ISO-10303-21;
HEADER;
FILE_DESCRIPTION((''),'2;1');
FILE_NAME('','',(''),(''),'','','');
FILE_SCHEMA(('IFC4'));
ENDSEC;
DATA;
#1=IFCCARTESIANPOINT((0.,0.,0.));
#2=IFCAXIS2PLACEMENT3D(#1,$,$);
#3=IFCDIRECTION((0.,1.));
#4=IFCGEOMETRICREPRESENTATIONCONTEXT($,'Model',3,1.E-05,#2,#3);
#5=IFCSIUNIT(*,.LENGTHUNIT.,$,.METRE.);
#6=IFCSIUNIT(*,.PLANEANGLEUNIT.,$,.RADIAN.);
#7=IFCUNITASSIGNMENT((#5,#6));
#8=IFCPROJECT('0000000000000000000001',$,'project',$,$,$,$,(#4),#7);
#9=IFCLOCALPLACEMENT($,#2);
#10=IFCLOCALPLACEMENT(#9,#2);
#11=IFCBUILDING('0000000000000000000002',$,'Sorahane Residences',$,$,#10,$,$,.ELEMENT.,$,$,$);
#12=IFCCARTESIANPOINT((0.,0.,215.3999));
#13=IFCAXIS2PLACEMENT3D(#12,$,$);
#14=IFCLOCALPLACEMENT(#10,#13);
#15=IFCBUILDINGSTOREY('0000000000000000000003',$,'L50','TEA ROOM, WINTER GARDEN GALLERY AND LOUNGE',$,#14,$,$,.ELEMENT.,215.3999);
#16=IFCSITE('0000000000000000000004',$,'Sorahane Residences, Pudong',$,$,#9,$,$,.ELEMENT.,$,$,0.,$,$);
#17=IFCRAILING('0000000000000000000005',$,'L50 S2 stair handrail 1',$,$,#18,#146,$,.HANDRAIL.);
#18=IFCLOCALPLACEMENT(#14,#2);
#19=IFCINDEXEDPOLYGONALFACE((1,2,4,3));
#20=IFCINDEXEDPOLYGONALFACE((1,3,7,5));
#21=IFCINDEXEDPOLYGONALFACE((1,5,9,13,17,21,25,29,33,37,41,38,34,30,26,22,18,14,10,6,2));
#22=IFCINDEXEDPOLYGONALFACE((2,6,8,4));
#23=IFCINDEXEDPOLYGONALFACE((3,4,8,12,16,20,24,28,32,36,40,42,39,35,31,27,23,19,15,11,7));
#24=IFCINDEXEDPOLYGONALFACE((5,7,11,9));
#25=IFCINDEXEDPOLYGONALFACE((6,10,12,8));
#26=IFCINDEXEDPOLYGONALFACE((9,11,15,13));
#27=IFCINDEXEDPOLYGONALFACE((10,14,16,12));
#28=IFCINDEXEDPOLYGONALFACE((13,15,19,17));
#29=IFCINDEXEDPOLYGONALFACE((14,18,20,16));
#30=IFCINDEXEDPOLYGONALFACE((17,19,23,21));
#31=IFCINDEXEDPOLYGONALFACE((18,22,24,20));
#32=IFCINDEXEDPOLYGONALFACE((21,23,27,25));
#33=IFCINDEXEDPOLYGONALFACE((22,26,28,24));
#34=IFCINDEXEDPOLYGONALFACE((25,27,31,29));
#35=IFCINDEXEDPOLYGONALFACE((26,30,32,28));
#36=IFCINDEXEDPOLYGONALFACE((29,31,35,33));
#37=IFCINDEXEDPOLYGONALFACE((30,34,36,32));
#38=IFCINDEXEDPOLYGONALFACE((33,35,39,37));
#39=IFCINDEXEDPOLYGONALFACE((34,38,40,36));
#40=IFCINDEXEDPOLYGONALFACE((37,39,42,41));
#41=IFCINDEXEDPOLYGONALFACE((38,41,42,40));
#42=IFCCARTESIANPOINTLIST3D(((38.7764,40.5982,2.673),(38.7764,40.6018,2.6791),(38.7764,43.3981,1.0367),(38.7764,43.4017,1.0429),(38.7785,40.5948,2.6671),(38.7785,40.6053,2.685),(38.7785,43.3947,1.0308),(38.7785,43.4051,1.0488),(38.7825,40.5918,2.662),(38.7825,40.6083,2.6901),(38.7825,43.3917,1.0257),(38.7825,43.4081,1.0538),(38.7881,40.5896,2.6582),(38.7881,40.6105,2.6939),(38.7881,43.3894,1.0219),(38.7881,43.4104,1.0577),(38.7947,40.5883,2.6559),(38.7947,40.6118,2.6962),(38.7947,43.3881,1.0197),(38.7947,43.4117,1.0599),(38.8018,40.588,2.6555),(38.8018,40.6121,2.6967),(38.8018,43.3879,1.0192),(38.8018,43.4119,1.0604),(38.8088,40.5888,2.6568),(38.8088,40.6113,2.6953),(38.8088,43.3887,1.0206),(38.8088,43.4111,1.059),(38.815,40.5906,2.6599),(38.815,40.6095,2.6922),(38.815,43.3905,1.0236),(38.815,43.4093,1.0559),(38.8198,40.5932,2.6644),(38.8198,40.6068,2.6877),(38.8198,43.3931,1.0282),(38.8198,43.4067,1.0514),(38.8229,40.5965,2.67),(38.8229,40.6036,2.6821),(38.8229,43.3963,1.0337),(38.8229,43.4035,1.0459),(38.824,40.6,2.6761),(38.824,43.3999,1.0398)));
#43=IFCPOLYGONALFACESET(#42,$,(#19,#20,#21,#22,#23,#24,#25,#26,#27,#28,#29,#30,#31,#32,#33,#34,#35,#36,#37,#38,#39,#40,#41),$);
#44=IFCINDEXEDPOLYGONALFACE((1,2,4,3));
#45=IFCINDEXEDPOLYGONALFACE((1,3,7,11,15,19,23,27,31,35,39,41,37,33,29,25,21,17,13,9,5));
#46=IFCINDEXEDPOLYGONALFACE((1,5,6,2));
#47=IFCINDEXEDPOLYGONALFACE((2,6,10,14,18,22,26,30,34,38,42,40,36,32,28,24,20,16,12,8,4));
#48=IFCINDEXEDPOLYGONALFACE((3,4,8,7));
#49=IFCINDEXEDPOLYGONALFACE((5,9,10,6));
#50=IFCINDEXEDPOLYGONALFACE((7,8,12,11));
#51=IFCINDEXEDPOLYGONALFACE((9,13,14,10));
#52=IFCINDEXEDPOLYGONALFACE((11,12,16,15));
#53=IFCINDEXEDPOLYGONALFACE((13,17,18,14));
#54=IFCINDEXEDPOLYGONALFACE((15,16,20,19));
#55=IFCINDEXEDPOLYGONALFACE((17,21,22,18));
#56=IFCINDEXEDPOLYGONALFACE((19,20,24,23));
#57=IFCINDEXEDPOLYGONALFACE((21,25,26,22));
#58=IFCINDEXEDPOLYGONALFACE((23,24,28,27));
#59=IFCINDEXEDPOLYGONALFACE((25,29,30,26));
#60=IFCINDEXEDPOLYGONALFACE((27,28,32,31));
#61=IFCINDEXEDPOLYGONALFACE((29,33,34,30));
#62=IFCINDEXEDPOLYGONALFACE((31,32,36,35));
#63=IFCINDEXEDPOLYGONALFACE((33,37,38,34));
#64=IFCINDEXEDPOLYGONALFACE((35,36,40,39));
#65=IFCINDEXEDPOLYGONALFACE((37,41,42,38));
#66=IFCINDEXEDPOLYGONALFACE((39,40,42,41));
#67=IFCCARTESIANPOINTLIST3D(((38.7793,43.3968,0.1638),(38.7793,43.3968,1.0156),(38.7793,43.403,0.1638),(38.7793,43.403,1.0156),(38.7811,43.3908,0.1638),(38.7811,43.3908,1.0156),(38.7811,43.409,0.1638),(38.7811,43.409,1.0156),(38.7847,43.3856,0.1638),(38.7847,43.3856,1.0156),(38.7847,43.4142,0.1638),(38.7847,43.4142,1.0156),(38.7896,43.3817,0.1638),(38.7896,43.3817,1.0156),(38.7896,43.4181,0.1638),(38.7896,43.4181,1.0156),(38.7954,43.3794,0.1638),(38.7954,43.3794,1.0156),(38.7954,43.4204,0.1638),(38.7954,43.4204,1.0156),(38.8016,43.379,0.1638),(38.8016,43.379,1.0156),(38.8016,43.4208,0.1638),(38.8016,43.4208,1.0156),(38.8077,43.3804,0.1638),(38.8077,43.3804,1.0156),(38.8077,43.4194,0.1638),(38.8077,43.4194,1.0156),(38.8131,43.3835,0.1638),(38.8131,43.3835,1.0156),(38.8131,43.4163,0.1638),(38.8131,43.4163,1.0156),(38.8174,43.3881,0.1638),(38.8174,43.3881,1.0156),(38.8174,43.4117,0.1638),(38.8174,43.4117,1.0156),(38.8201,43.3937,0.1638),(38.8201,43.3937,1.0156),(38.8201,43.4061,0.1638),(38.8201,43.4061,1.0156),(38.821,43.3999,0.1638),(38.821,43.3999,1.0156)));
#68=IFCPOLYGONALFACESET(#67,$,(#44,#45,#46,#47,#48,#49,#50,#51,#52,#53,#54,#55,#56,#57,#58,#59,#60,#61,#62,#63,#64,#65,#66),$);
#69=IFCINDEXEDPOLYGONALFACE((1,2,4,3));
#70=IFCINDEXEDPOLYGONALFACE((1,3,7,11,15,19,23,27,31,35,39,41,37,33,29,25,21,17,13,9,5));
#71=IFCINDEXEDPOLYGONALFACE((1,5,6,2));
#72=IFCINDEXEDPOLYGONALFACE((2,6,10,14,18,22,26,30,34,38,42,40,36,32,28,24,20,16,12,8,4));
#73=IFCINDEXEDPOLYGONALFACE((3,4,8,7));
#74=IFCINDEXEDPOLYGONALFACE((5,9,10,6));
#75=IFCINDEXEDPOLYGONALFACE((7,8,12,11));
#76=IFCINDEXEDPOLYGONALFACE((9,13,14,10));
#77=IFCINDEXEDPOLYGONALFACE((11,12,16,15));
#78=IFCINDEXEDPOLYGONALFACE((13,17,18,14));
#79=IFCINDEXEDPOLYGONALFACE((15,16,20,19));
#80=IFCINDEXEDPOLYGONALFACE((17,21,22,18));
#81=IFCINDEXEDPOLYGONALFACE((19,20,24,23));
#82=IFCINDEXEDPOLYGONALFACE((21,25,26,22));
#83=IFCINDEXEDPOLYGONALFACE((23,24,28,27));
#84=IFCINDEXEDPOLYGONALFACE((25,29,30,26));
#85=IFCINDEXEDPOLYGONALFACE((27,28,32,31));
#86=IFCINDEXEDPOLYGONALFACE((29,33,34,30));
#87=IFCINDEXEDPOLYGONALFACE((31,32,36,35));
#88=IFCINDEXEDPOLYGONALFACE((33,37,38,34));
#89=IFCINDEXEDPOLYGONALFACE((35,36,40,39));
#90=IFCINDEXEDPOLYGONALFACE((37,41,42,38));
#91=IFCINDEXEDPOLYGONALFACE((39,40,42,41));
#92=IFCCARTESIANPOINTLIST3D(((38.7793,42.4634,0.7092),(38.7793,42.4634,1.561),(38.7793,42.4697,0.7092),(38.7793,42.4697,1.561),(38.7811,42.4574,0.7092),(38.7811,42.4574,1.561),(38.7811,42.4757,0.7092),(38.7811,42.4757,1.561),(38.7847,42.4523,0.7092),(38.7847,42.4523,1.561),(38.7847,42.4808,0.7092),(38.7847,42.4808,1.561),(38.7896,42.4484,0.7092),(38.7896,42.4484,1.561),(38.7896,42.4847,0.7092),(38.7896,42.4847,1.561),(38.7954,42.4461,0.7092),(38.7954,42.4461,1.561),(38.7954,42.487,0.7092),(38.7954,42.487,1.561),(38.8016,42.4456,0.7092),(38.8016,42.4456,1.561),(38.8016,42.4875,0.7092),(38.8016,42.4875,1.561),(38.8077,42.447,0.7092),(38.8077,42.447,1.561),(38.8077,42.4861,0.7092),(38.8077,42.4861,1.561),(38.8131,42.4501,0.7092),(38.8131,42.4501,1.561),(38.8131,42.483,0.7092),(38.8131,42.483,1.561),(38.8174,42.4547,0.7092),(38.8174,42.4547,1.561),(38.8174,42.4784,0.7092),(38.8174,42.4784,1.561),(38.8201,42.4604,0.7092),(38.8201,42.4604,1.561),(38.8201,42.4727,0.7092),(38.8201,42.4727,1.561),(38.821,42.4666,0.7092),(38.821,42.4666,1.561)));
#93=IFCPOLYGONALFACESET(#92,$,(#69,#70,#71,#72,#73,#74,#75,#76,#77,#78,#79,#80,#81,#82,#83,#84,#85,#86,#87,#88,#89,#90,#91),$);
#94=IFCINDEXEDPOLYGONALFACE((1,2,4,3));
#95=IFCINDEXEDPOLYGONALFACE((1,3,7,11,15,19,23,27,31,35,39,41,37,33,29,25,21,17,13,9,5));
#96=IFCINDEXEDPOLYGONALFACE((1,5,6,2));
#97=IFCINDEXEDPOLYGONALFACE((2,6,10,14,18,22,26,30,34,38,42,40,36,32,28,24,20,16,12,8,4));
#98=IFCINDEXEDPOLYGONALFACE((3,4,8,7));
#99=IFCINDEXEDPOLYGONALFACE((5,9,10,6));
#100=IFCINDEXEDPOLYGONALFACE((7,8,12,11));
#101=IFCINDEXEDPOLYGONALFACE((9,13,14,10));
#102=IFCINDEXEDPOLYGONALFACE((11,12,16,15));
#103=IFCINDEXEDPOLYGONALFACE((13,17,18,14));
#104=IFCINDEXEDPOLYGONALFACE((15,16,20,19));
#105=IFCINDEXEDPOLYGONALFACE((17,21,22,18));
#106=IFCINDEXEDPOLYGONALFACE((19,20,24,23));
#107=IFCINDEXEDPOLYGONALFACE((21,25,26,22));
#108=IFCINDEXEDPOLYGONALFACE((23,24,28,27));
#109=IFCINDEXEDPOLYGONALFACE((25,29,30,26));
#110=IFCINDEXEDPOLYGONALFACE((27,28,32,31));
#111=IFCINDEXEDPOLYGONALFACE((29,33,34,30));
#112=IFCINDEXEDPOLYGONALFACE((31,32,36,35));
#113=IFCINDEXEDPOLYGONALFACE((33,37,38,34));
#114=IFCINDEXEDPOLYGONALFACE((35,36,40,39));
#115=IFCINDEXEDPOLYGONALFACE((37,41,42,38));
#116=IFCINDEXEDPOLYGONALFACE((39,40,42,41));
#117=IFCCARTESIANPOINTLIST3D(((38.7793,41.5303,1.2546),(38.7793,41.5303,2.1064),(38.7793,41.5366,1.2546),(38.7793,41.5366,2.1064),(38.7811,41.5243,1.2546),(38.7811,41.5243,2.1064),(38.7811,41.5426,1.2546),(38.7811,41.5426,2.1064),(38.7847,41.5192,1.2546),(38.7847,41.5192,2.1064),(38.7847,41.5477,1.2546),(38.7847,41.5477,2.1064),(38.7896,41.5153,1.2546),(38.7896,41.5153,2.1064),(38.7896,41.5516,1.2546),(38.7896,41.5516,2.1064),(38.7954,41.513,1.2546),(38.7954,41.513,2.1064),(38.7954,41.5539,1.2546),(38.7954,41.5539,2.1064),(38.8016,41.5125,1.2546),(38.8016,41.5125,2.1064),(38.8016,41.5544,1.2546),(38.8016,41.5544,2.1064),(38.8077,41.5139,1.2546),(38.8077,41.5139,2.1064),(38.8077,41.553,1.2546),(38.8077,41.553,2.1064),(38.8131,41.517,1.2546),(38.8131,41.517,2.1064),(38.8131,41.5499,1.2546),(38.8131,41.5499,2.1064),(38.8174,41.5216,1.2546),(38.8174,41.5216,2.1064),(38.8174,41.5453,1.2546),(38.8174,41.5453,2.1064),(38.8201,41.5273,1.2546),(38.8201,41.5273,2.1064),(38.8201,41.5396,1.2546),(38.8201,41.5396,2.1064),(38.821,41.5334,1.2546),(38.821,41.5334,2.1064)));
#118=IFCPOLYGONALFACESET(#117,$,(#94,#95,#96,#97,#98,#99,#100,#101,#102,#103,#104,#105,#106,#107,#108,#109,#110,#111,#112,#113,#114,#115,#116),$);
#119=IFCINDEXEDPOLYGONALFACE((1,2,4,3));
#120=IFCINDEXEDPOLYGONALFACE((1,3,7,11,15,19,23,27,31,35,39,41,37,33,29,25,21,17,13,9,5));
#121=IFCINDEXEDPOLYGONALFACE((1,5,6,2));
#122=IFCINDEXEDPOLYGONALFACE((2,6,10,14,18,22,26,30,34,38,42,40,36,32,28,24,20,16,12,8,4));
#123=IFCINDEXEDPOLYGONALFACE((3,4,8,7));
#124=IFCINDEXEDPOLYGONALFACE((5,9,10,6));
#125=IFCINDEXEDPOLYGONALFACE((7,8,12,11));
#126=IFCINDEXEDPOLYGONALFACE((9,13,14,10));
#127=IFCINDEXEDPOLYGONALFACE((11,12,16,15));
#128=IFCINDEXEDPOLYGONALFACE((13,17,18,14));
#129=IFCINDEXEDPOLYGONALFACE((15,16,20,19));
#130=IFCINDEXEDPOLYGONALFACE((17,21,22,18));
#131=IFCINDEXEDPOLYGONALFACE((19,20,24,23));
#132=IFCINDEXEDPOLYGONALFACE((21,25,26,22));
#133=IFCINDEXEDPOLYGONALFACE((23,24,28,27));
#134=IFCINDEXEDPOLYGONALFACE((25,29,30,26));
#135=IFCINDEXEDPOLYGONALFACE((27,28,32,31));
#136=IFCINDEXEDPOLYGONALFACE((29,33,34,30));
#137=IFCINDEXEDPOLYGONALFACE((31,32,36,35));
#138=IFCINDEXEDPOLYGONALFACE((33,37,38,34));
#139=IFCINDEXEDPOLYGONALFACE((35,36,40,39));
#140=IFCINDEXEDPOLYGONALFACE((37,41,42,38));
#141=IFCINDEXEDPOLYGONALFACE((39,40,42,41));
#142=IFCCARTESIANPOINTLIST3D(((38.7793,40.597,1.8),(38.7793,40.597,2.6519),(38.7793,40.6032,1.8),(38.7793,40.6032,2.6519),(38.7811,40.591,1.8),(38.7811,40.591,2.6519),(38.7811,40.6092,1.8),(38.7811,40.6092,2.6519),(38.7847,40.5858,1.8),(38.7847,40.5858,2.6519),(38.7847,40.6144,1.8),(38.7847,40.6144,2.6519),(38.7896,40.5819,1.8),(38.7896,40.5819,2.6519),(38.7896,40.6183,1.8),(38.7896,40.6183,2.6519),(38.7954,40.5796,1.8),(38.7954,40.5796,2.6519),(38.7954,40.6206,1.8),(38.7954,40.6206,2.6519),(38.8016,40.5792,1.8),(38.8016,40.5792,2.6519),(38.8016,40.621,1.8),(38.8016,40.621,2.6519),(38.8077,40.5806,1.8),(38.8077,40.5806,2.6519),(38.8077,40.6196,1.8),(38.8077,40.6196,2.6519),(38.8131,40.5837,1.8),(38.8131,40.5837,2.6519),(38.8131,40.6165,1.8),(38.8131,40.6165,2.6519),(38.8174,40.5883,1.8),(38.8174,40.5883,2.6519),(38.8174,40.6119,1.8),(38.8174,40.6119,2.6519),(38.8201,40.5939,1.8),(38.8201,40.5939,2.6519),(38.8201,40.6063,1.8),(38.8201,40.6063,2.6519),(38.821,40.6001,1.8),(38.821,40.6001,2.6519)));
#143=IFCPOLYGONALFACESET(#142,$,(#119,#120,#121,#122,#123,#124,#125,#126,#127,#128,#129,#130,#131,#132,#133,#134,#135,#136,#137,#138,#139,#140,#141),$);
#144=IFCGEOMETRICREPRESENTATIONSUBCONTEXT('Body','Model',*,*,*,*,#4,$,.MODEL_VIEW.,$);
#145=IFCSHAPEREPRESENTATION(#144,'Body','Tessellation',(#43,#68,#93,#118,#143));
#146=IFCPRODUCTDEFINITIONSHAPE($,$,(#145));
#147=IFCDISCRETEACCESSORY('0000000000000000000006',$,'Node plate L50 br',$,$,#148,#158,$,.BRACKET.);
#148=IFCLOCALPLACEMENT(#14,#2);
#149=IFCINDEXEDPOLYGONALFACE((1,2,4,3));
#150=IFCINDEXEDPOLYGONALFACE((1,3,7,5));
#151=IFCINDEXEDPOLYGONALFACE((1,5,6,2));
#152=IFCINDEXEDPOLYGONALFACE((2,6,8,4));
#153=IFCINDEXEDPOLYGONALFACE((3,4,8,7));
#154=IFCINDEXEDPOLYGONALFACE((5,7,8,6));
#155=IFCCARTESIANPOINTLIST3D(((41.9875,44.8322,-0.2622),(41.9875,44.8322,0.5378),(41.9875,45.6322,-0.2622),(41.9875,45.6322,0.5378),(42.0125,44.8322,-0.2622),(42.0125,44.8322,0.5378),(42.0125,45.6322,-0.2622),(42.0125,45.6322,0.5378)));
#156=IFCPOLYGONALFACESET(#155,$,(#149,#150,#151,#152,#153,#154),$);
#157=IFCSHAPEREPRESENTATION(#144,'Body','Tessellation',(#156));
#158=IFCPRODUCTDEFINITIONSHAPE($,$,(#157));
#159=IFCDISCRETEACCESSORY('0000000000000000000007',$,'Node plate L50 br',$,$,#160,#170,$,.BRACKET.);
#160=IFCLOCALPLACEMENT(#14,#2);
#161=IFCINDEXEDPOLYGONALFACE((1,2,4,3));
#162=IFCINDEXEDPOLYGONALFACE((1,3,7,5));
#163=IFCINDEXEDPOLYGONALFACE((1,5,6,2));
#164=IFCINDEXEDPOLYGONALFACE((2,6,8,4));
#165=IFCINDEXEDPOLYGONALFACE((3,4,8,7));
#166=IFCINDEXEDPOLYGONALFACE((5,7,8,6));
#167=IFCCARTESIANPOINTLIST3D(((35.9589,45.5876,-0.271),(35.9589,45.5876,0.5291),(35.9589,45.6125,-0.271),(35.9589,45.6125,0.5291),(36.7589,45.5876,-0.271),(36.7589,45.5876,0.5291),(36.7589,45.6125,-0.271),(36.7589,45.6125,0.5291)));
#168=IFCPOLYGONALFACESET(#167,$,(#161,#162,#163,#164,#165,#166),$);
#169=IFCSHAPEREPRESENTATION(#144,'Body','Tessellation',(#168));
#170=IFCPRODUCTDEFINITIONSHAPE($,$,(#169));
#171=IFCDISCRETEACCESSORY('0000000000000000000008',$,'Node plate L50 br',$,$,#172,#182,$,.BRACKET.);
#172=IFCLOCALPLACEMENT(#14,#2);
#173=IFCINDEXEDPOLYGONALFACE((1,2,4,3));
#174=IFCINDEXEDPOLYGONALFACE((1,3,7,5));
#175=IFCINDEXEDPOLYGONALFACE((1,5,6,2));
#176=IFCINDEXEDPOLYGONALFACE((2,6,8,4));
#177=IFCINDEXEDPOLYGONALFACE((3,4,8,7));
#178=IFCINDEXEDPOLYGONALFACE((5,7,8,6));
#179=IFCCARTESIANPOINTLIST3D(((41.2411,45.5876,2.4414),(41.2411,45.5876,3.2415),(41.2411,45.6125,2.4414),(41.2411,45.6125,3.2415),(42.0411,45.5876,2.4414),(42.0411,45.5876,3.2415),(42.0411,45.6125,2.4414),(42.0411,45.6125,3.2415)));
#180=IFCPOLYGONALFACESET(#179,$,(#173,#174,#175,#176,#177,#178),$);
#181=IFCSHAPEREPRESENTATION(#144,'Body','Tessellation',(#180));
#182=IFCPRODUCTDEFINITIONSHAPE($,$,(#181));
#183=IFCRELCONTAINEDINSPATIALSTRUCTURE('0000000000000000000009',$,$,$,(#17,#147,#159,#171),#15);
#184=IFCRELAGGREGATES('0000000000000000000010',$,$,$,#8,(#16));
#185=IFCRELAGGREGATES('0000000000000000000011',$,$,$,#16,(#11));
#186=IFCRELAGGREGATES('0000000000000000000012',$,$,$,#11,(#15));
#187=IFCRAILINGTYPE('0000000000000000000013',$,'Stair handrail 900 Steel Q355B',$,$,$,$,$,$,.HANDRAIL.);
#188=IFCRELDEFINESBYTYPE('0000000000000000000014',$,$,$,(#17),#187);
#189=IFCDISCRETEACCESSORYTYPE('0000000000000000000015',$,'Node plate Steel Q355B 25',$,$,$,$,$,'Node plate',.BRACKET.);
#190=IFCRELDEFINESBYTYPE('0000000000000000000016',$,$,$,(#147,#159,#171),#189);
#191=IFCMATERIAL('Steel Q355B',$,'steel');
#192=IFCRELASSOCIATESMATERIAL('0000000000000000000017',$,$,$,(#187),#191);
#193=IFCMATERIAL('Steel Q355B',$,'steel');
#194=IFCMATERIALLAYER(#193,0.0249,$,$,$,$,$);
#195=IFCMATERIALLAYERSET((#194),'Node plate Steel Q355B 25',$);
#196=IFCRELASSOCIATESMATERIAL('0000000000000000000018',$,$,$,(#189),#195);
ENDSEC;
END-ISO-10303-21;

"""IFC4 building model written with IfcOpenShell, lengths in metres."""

from ifc_helpers import new_model, si_unit, direction, frame, origin, origin_2d, place, context, subcontext, project, spatial, rectangle, circle, extrude, material, layer, layer_set, type_object, element, save


model = new_model("IFC4")

# Units and contexts
model_context = context("Model", 3, precision=1e-05, world=origin(), true_north=direction((0.0, 1.0)))
body_context = subcontext(model_context, "Body", "Model", "MODEL_VIEW")
ifc_project = project(units=[si_unit("LENGTHUNIT", "METRE"), si_unit("PLANEANGLEUNIT", "RADIAN")], contexts=[model_context])

# Site, building, storey
site_placement = place(None, origin())
site = spatial("IfcSite", under=ifc_project, at=site_placement, Name="Sorahane Residences, Pudong", CompositionType="ELEMENT", RefElevation=0.0)
building_placement = place(site_placement, origin())
building = spatial("IfcBuilding", under=site, at=building_placement, Name="Sorahane Residences", CompositionType="ELEMENT")
storey_placement = place(building_placement, frame((0.0, 0.0, 215.3999)))
storey = spatial("IfcBuildingStorey", under=building, at=storey_placement, Name="L50", Description="TEA ROOM, WINTER GARDEN GALLERY AND LOUNGE", CompositionType="ELEMENT", Elevation=215.3999)

# Railing
ifc_material_1 = material(Name="Steel Q355B", Category="steel")
railing_type_1 = type_object("IfcRailingType", Name="Stair handrail 900 Steel Q355B", PredefinedType="HANDRAIL", material=ifc_material_1)
railing_1_placement = place(storey_placement, frame((38.8, 43.3999, 0.1638)))
element("IfcRailing", 1, at=railing_1_placement, inside=storey, type_object=railing_type_1, Name="L50 S2 stair handrail 1", PredefinedType="HANDRAIL", context=body_context, shape_type="SweptSolid", body=[
    extrude(circle(Radius=0.0239, at=origin_2d()), frame((0.0, 0.0, 0.876), z_axis=(0.0, -0.863374, 0.504564), x_axis=(1.0, 0.0, 0.0)), (0.0, 0.0, 1.0), 3.2429),
    extrude(circle(Radius=0.021, at=origin_2d()), origin(), (0.0, 0.0, 1.0), 0.8518),
    extrude(circle(Radius=0.021, at=origin_2d()), frame((0.0, -0.9333, 0.5454)), (0.0, 0.0, 1.0), 0.8518),
    extrude(circle(Radius=0.021, at=origin_2d()), frame((0.0, -1.8665, 1.0908)), (0.0, 0.0, 1.0), 0.8518),
    extrude(circle(Radius=0.021, at=origin_2d()), frame((0.0, -2.7998, 1.6362)), (0.0, 0.0, 1.0), 0.8518),
])

# Discrete accessories
ifc_material_2 = material(Name="Steel Q355B", Category="steel")
ifc_layer_1 = layer(ifc_material_2, 0.0249)
ifc_layer_set_1 = layer_set([ifc_layer_1], Name="Node plate Steel Q355B 25")
discrete_accessory_type = type_object("IfcDiscreteAccessoryType", Name="Node plate Steel Q355B 25", ElementType="Node plate", PredefinedType="BRACKET", material=ifc_layer_set_1)
for number, where, z_axis, x_axis, name in (
    (2, (42.0, 45.2322, -0.2622), (0.0, 0.0, 1.0), (0.0, 1.0, 0.0), "Node plate L50 br"),
    (3, (36.3589, 45.6001, -0.271), (0.0, 0.0, 1.0), (1.0, 0.0, 0.0), "Node plate L50 br"),
    (4, (41.6411, 45.6001, 2.4414), (0.0, 0.0, 1.0), (1.0, 0.0, 0.0), "Node plate L50 br"),
):
    element("IfcDiscreteAccessory", number, at=place(storey_placement, frame(where, z_axis=z_axis, x_axis=x_axis)), inside=storey, type_object=discrete_accessory_type, Name=name, PredefinedType="BRACKET", context=body_context, shape_type="SweptSolid", body=[
        extrude(rectangle(XDim=0.8, YDim=0.0249, at=origin_2d()), origin(), (0.0, 0.0, 1.0), 0.8),
    ])

save(model, "model.ifc")
